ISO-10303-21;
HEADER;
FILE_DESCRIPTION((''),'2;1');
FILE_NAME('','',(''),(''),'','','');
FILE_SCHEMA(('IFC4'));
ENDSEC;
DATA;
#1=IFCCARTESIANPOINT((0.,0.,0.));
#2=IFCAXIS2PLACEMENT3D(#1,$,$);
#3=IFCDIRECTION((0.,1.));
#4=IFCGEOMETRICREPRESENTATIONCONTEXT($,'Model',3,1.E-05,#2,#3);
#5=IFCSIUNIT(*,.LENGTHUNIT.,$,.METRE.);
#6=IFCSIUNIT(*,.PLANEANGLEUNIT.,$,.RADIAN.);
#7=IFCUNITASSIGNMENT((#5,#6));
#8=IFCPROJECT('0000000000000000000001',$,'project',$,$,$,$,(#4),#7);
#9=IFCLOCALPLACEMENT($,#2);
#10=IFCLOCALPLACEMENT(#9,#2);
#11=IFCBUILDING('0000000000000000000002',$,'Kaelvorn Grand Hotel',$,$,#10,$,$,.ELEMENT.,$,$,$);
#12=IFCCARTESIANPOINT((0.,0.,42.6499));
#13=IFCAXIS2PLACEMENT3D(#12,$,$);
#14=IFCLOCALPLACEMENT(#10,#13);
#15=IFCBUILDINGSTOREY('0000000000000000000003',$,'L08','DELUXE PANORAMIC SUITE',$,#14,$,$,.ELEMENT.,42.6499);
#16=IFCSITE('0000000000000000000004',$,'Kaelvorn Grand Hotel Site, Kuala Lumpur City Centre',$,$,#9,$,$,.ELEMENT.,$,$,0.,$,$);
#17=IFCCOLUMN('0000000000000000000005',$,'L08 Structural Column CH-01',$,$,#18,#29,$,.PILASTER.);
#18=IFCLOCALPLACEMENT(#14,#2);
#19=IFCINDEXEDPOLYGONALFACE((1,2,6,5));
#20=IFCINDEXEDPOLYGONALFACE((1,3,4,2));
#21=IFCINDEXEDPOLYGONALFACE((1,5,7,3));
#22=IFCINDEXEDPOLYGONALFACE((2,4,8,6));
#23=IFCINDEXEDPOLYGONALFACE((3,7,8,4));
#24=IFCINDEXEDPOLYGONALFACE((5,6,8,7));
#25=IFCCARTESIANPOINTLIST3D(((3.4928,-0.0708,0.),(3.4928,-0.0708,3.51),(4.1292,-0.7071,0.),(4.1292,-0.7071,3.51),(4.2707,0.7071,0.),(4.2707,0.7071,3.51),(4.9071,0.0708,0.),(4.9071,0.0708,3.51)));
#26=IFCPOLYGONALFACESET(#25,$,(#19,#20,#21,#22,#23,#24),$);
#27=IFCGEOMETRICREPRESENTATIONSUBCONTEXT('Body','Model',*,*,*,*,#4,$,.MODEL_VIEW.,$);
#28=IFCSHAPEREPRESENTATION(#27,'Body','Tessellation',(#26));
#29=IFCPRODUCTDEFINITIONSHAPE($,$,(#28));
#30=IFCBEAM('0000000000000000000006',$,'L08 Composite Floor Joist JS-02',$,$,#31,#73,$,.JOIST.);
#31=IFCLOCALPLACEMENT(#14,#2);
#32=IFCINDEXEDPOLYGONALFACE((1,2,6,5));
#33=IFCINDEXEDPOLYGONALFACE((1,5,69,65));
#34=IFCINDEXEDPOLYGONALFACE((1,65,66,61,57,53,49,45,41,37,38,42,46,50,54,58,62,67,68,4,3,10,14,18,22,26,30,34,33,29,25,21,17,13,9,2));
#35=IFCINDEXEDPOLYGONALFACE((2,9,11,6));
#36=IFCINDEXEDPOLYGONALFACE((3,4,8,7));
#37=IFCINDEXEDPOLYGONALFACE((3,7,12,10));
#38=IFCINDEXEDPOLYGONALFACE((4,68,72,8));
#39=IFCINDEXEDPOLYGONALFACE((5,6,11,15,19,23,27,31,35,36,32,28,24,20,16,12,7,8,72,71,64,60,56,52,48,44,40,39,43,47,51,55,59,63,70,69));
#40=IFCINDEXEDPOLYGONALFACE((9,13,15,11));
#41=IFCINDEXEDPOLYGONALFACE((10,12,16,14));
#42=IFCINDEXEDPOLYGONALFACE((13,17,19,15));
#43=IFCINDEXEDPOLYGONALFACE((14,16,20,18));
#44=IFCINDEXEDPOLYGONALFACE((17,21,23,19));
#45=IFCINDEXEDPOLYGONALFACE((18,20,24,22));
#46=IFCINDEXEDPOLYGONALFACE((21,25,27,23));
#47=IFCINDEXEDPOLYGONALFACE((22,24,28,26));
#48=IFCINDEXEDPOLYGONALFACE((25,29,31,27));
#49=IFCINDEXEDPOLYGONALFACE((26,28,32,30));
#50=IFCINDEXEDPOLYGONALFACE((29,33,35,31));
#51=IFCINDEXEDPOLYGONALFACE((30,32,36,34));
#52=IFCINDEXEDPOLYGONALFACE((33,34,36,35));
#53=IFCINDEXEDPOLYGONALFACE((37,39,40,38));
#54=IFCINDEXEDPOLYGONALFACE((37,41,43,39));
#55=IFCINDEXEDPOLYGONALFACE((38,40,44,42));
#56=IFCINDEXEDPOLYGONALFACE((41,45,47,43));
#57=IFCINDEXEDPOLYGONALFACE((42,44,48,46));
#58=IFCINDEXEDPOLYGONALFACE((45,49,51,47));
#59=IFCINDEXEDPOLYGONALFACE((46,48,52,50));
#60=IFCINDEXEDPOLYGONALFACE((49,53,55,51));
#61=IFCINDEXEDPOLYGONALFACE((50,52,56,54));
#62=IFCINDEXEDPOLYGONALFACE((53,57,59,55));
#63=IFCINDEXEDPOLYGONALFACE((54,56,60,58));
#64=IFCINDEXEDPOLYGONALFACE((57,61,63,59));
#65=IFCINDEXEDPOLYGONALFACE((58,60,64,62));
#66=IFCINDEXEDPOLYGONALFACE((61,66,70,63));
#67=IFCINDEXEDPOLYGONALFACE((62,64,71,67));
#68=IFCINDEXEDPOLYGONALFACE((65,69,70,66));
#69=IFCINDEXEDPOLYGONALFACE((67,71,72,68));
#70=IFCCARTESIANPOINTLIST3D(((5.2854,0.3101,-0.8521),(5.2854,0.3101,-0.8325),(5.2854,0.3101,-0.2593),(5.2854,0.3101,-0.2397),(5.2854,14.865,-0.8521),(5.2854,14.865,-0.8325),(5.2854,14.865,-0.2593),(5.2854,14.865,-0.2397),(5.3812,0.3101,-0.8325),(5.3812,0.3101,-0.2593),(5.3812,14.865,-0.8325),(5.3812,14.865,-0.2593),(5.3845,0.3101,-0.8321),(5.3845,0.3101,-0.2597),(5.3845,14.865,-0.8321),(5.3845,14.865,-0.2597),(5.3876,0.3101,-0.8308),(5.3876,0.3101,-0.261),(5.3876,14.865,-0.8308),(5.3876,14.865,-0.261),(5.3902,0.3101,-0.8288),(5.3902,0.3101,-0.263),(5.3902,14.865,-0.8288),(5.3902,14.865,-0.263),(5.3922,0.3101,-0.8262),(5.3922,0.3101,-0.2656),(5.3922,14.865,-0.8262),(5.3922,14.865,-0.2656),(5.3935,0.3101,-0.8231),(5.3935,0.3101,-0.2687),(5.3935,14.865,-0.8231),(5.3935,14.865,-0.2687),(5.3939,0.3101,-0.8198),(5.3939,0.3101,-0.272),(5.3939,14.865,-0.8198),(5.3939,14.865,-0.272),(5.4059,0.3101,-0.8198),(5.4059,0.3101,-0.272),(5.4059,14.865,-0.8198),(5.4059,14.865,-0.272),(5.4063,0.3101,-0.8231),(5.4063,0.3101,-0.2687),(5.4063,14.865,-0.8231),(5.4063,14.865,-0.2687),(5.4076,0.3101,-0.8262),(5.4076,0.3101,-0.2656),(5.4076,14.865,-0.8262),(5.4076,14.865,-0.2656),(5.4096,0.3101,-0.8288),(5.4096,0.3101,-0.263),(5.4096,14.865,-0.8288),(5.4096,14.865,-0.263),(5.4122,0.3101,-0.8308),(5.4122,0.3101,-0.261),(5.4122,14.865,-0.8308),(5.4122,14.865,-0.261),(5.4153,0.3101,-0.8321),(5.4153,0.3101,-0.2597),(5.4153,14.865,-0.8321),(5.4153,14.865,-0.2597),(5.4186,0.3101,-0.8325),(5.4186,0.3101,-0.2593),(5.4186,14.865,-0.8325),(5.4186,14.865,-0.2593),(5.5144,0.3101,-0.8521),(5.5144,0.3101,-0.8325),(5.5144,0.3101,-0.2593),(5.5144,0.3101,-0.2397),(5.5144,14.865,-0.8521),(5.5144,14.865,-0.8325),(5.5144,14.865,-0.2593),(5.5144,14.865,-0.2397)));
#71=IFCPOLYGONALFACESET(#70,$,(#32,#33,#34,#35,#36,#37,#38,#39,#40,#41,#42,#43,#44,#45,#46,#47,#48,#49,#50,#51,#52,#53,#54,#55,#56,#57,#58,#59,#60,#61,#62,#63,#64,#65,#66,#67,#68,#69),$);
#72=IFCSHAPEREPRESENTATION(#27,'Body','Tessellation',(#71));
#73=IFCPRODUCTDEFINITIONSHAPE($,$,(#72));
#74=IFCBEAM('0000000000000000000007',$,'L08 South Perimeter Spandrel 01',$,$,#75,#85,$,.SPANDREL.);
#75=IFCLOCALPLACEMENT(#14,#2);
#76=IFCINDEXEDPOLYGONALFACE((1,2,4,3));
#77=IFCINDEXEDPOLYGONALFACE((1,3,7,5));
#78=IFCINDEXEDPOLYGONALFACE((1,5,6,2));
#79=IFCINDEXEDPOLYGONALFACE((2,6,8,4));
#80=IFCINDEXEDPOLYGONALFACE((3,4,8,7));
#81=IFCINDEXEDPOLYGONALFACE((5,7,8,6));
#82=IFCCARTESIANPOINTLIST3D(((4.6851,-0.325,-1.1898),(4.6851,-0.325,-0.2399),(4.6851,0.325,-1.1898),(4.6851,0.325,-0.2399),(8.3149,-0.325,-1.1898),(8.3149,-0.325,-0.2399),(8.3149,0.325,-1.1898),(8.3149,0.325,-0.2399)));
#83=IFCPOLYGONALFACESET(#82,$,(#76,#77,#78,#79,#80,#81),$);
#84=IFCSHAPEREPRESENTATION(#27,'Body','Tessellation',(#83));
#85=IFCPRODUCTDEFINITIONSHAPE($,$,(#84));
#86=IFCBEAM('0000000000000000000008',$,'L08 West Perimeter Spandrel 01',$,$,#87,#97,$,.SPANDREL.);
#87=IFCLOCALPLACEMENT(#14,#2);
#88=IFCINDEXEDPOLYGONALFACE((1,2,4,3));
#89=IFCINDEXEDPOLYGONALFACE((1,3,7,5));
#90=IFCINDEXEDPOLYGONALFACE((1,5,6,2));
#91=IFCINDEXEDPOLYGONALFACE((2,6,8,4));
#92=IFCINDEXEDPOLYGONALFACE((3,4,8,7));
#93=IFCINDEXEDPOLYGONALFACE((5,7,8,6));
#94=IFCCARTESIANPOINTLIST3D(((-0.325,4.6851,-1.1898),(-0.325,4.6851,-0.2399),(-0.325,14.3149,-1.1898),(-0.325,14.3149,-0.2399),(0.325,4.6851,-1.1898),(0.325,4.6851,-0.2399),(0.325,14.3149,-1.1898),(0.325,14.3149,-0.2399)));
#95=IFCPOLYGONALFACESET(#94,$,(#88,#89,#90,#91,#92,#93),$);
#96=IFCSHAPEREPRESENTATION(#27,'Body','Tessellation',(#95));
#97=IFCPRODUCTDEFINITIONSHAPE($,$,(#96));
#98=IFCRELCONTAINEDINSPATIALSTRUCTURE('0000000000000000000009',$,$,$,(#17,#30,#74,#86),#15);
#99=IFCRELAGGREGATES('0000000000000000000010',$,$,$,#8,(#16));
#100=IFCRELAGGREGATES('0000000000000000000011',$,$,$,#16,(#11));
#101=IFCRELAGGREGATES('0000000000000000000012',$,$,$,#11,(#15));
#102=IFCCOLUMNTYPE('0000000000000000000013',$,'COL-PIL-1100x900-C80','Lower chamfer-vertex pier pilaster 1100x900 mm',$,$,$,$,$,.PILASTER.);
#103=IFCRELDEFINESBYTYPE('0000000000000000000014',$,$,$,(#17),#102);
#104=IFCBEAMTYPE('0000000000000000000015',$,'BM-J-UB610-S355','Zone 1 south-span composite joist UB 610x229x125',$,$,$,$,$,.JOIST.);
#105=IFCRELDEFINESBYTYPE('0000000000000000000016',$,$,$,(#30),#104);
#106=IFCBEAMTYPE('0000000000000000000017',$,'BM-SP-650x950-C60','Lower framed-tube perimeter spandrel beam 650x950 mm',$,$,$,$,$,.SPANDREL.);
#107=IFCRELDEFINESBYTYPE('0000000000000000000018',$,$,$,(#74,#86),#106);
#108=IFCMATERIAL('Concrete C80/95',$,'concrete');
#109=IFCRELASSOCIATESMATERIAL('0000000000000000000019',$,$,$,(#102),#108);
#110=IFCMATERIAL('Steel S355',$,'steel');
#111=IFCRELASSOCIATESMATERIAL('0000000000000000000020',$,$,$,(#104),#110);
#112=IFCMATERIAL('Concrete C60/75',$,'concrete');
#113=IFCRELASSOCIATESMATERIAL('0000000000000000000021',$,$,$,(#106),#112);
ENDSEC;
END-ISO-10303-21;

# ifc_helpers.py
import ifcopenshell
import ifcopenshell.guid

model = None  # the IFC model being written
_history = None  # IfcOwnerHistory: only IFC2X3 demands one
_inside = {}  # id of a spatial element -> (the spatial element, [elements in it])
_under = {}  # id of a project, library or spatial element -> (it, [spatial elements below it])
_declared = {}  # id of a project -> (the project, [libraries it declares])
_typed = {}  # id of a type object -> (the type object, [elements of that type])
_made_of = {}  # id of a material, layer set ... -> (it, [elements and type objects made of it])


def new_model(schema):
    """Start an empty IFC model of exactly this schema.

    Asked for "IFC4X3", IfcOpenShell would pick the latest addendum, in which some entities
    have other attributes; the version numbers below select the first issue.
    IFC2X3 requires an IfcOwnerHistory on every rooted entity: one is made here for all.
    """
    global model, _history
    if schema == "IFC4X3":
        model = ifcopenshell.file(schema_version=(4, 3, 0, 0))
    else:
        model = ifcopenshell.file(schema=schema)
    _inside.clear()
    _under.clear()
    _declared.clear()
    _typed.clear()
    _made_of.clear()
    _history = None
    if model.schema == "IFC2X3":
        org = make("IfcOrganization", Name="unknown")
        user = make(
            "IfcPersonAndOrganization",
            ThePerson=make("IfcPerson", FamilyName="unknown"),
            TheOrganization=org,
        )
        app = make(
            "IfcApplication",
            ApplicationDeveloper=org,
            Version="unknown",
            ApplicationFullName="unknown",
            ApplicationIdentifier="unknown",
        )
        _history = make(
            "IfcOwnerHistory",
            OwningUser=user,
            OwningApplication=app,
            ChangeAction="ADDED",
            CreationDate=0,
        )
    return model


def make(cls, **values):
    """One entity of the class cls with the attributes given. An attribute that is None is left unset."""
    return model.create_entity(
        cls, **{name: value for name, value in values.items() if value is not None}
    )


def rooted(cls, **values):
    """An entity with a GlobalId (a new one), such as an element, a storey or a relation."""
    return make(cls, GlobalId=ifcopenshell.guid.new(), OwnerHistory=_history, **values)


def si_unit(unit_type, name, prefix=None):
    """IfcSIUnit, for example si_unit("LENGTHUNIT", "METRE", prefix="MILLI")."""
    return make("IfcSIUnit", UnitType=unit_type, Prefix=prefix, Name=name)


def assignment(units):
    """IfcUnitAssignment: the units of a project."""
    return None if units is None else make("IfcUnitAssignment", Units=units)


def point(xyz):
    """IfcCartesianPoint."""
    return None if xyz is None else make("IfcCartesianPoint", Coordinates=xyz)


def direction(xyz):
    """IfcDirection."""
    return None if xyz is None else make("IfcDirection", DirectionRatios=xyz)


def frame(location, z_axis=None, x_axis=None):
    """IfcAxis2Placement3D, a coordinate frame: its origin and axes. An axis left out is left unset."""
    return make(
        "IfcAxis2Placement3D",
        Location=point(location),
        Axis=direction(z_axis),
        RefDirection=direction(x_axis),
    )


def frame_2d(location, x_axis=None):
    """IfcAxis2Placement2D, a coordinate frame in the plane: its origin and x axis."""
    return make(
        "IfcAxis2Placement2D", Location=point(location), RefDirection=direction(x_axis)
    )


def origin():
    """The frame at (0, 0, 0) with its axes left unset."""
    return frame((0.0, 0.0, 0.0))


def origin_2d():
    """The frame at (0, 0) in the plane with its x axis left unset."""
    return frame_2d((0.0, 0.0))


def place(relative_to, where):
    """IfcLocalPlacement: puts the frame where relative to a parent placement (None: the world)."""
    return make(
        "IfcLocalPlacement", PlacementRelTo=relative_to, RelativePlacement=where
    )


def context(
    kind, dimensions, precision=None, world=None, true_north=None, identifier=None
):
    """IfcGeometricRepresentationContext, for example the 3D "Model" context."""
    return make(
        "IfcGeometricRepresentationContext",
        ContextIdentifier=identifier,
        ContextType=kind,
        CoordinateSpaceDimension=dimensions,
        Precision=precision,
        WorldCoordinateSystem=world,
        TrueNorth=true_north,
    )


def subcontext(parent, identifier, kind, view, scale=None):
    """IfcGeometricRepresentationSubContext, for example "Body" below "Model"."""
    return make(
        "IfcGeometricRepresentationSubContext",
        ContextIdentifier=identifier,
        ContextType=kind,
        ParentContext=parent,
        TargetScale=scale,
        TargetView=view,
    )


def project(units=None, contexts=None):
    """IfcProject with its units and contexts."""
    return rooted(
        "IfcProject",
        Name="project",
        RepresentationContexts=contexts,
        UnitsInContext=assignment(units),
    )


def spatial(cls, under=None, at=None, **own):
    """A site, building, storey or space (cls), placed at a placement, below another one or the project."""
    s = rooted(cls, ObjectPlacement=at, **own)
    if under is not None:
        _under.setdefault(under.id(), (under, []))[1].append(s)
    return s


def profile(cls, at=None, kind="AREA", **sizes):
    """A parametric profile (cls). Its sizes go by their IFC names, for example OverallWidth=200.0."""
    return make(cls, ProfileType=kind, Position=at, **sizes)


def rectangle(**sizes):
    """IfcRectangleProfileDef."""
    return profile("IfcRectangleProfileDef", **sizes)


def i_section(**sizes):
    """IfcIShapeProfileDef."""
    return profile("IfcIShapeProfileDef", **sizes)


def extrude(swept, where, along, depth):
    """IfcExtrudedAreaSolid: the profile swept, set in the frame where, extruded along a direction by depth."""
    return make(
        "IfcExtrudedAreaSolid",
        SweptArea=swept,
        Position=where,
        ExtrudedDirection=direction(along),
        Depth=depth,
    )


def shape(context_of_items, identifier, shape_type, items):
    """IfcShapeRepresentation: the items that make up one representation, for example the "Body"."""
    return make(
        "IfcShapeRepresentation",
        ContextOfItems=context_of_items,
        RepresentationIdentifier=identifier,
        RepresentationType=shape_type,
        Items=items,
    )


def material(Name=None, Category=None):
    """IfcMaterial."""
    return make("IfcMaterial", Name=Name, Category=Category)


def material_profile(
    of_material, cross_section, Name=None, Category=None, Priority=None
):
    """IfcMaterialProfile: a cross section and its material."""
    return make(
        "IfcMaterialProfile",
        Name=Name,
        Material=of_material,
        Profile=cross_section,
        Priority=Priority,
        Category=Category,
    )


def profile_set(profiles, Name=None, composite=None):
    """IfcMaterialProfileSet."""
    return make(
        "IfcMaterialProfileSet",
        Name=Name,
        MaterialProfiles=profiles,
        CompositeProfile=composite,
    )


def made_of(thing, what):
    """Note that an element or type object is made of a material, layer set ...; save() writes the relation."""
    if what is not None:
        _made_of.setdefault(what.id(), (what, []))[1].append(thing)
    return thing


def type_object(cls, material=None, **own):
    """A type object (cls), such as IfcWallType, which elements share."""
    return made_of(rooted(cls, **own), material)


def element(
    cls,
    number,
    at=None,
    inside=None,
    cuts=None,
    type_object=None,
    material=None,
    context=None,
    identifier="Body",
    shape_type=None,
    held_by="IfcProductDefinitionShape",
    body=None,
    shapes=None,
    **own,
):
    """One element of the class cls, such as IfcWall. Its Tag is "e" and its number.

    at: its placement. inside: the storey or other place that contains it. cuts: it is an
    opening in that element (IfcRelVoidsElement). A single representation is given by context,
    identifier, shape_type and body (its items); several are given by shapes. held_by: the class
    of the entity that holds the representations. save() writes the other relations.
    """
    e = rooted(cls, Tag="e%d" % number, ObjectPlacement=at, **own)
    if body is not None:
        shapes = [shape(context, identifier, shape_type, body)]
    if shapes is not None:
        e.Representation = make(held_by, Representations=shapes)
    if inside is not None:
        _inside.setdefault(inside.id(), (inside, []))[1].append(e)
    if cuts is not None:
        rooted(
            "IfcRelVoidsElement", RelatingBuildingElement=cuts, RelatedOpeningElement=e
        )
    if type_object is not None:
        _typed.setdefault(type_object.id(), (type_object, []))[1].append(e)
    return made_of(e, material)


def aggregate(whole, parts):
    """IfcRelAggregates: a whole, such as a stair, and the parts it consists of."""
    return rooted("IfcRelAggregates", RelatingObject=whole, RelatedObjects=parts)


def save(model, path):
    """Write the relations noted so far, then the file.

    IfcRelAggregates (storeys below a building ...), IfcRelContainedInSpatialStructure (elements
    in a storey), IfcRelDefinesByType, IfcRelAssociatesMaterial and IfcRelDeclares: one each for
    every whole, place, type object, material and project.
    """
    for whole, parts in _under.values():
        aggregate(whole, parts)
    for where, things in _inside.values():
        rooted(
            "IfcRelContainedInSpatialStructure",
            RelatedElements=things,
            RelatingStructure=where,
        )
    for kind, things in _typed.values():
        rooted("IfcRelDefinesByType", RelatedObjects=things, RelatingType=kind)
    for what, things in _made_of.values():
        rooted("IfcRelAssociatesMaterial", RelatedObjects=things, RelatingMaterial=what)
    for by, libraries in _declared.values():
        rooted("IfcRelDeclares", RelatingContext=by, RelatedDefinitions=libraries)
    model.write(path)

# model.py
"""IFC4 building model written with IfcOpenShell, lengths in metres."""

from ifc_helpers import new_model, si_unit, direction, frame, origin, origin_2d, place, context, subcontext, project, spatial, rectangle, i_section, extrude, material, material_profile, profile_set, type_object, element, save


model = new_model("IFC4")

# Units and contexts
model_context = context("Model", 3, precision=1e-05, world=origin(), true_north=direction((0.0, 1.0)))
body_context = subcontext(model_context, "Body", "Model", "MODEL_VIEW")
ifc_project = project(units=[si_unit("LENGTHUNIT", "METRE"), si_unit("PLANEANGLEUNIT", "RADIAN")], contexts=[model_context])

# Site, building, storey
site_placement = place(None, origin())
site = spatial("IfcSite", under=ifc_project, at=site_placement, Name="Kaelvorn Grand Hotel Site, Kuala Lumpur City Centre", CompositionType="ELEMENT", RefElevation=0.0)
building_placement = place(site_placement, origin())
building = spatial("IfcBuilding", under=site, at=building_placement, Name="Kaelvorn Grand Hotel", CompositionType="ELEMENT")
storey_placement = place(building_placement, frame((0.0, 0.0, 42.6499)))
storey = spatial("IfcBuildingStorey", under=building, at=storey_placement, Name="L08", Description="DELUXE PANORAMIC SUITE", CompositionType="ELEMENT", Elevation=42.6499)

# Column
ifc_material_1 = material(Name="Concrete C80/95", Category="concrete")
ifc_material_profile_1 = material_profile(ifc_material_1, rectangle(XDim=1.1001, YDim=0.8999, at=origin_2d()), Name="RC PILASTER 1100x900")
ifc_profile_set_1 = profile_set([ifc_material_profile_1], Name="Concrete C80/95")
column_type = type_object("IfcColumnType", Name="COL-PIL-1100x900-C80", Description="Lower chamfer-vertex pier pilaster 1100x900 mm", PredefinedType="PILASTER", material=ifc_profile_set_1)
column_placement = place(storey_placement, frame((4.2, 0.0, 0.0), z_axis=(0.0, 0.0, 1.0), x_axis=(0.707107, 0.707107, 0.0)))
element("IfcColumn", 1, at=column_placement, inside=storey, type_object=column_type, Name="L08 Structural Column CH-01", PredefinedType="PILASTER", context=body_context, shape_type="SweptSolid", body=[
    extrude(rectangle(XDim=1.1001, YDim=0.8999, at=origin_2d()), origin(), (0.0, 0.0, 1.0), 3.51),
])

# Beams
ifc_material_2 = material(Name="Steel S355", Category="steel")
ifc_material_profile_2 = material_profile(ifc_material_2, i_section(OverallWidth=0.229, OverallDepth=0.6123, WebThickness=0.012, FlangeThickness=0.0195, FilletRadius=0.0127, at=origin_2d()), Name="UB 610x229x125")
ifc_profile_set_2 = profile_set([ifc_material_profile_2], Name="Steel S355")
beam_type_1 = type_object("IfcBeamType", Name="BM-J-UB610-S355", Description="Zone 1 south-span composite joist UB 610x229x125", PredefinedType="JOIST", material=ifc_profile_set_2)
beam_1_placement = place(storey_placement, frame((5.3999, 0.3101, -0.5459), z_axis=(0.0, 1.0, 0.0), x_axis=(-1.0, 0.0, 0.0)))
element("IfcBeam", 2, at=beam_1_placement, inside=storey, type_object=beam_type_1, Name="L08 Composite Floor Joist JS-02", PredefinedType="JOIST", context=body_context, shape_type="SweptSolid", body=[
    extrude(i_section(OverallWidth=0.229, OverallDepth=0.6123, WebThickness=0.012, FlangeThickness=0.0195, FilletRadius=0.0127, at=origin_2d()), origin(), (0.0, 0.0, 1.0), 14.5549),
])
ifc_material_3 = material(Name="Concrete C60/75", Category="concrete")
ifc_material_profile_3 = material_profile(ifc_material_3, rectangle(XDim=0.6499, YDim=0.95, at=origin_2d()), Name="RC SPANDREL 650x950")
ifc_profile_set_3 = profile_set([ifc_material_profile_3], Name="Concrete C60/75")
beam_type_2 = type_object("IfcBeamType", Name="BM-SP-650x950-C60", Description="Lower framed-tube perimeter spandrel beam 650x950 mm", PredefinedType="SPANDREL", material=ifc_profile_set_3)
beam_2_placement = place(storey_placement, frame((4.6851, 0.0, -0.7148), z_axis=(1.0, 0.0, 0.0), x_axis=(0.0, 1.0, 0.0)))
element("IfcBeam", 3, at=beam_2_placement, inside=storey, type_object=beam_type_2, Name="L08 South Perimeter Spandrel 01", PredefinedType="SPANDREL", context=body_context, shape_type="SweptSolid", body=[
    extrude(rectangle(XDim=0.6499, YDim=0.95, at=origin_2d()), origin(), (0.0, 0.0, 1.0), 3.6299),
])
beam_3_placement = place(storey_placement, frame((0.0, 4.6851, -0.7148), z_axis=(0.0, 1.0, 0.0), x_axis=(-1.0, 0.0, 0.0)))
element("IfcBeam", 4, at=beam_3_placement, inside=storey, type_object=beam_type_2, Name="L08 West Perimeter Spandrel 01", PredefinedType="SPANDREL", context=body_context, shape_type="SweptSolid", body=[
    extrude(rectangle(XDim=0.6499, YDim=0.95, at=origin_2d()), origin(), (0.0, 0.0, 1.0), 9.6299),
])

save(model, "model.ifc")
